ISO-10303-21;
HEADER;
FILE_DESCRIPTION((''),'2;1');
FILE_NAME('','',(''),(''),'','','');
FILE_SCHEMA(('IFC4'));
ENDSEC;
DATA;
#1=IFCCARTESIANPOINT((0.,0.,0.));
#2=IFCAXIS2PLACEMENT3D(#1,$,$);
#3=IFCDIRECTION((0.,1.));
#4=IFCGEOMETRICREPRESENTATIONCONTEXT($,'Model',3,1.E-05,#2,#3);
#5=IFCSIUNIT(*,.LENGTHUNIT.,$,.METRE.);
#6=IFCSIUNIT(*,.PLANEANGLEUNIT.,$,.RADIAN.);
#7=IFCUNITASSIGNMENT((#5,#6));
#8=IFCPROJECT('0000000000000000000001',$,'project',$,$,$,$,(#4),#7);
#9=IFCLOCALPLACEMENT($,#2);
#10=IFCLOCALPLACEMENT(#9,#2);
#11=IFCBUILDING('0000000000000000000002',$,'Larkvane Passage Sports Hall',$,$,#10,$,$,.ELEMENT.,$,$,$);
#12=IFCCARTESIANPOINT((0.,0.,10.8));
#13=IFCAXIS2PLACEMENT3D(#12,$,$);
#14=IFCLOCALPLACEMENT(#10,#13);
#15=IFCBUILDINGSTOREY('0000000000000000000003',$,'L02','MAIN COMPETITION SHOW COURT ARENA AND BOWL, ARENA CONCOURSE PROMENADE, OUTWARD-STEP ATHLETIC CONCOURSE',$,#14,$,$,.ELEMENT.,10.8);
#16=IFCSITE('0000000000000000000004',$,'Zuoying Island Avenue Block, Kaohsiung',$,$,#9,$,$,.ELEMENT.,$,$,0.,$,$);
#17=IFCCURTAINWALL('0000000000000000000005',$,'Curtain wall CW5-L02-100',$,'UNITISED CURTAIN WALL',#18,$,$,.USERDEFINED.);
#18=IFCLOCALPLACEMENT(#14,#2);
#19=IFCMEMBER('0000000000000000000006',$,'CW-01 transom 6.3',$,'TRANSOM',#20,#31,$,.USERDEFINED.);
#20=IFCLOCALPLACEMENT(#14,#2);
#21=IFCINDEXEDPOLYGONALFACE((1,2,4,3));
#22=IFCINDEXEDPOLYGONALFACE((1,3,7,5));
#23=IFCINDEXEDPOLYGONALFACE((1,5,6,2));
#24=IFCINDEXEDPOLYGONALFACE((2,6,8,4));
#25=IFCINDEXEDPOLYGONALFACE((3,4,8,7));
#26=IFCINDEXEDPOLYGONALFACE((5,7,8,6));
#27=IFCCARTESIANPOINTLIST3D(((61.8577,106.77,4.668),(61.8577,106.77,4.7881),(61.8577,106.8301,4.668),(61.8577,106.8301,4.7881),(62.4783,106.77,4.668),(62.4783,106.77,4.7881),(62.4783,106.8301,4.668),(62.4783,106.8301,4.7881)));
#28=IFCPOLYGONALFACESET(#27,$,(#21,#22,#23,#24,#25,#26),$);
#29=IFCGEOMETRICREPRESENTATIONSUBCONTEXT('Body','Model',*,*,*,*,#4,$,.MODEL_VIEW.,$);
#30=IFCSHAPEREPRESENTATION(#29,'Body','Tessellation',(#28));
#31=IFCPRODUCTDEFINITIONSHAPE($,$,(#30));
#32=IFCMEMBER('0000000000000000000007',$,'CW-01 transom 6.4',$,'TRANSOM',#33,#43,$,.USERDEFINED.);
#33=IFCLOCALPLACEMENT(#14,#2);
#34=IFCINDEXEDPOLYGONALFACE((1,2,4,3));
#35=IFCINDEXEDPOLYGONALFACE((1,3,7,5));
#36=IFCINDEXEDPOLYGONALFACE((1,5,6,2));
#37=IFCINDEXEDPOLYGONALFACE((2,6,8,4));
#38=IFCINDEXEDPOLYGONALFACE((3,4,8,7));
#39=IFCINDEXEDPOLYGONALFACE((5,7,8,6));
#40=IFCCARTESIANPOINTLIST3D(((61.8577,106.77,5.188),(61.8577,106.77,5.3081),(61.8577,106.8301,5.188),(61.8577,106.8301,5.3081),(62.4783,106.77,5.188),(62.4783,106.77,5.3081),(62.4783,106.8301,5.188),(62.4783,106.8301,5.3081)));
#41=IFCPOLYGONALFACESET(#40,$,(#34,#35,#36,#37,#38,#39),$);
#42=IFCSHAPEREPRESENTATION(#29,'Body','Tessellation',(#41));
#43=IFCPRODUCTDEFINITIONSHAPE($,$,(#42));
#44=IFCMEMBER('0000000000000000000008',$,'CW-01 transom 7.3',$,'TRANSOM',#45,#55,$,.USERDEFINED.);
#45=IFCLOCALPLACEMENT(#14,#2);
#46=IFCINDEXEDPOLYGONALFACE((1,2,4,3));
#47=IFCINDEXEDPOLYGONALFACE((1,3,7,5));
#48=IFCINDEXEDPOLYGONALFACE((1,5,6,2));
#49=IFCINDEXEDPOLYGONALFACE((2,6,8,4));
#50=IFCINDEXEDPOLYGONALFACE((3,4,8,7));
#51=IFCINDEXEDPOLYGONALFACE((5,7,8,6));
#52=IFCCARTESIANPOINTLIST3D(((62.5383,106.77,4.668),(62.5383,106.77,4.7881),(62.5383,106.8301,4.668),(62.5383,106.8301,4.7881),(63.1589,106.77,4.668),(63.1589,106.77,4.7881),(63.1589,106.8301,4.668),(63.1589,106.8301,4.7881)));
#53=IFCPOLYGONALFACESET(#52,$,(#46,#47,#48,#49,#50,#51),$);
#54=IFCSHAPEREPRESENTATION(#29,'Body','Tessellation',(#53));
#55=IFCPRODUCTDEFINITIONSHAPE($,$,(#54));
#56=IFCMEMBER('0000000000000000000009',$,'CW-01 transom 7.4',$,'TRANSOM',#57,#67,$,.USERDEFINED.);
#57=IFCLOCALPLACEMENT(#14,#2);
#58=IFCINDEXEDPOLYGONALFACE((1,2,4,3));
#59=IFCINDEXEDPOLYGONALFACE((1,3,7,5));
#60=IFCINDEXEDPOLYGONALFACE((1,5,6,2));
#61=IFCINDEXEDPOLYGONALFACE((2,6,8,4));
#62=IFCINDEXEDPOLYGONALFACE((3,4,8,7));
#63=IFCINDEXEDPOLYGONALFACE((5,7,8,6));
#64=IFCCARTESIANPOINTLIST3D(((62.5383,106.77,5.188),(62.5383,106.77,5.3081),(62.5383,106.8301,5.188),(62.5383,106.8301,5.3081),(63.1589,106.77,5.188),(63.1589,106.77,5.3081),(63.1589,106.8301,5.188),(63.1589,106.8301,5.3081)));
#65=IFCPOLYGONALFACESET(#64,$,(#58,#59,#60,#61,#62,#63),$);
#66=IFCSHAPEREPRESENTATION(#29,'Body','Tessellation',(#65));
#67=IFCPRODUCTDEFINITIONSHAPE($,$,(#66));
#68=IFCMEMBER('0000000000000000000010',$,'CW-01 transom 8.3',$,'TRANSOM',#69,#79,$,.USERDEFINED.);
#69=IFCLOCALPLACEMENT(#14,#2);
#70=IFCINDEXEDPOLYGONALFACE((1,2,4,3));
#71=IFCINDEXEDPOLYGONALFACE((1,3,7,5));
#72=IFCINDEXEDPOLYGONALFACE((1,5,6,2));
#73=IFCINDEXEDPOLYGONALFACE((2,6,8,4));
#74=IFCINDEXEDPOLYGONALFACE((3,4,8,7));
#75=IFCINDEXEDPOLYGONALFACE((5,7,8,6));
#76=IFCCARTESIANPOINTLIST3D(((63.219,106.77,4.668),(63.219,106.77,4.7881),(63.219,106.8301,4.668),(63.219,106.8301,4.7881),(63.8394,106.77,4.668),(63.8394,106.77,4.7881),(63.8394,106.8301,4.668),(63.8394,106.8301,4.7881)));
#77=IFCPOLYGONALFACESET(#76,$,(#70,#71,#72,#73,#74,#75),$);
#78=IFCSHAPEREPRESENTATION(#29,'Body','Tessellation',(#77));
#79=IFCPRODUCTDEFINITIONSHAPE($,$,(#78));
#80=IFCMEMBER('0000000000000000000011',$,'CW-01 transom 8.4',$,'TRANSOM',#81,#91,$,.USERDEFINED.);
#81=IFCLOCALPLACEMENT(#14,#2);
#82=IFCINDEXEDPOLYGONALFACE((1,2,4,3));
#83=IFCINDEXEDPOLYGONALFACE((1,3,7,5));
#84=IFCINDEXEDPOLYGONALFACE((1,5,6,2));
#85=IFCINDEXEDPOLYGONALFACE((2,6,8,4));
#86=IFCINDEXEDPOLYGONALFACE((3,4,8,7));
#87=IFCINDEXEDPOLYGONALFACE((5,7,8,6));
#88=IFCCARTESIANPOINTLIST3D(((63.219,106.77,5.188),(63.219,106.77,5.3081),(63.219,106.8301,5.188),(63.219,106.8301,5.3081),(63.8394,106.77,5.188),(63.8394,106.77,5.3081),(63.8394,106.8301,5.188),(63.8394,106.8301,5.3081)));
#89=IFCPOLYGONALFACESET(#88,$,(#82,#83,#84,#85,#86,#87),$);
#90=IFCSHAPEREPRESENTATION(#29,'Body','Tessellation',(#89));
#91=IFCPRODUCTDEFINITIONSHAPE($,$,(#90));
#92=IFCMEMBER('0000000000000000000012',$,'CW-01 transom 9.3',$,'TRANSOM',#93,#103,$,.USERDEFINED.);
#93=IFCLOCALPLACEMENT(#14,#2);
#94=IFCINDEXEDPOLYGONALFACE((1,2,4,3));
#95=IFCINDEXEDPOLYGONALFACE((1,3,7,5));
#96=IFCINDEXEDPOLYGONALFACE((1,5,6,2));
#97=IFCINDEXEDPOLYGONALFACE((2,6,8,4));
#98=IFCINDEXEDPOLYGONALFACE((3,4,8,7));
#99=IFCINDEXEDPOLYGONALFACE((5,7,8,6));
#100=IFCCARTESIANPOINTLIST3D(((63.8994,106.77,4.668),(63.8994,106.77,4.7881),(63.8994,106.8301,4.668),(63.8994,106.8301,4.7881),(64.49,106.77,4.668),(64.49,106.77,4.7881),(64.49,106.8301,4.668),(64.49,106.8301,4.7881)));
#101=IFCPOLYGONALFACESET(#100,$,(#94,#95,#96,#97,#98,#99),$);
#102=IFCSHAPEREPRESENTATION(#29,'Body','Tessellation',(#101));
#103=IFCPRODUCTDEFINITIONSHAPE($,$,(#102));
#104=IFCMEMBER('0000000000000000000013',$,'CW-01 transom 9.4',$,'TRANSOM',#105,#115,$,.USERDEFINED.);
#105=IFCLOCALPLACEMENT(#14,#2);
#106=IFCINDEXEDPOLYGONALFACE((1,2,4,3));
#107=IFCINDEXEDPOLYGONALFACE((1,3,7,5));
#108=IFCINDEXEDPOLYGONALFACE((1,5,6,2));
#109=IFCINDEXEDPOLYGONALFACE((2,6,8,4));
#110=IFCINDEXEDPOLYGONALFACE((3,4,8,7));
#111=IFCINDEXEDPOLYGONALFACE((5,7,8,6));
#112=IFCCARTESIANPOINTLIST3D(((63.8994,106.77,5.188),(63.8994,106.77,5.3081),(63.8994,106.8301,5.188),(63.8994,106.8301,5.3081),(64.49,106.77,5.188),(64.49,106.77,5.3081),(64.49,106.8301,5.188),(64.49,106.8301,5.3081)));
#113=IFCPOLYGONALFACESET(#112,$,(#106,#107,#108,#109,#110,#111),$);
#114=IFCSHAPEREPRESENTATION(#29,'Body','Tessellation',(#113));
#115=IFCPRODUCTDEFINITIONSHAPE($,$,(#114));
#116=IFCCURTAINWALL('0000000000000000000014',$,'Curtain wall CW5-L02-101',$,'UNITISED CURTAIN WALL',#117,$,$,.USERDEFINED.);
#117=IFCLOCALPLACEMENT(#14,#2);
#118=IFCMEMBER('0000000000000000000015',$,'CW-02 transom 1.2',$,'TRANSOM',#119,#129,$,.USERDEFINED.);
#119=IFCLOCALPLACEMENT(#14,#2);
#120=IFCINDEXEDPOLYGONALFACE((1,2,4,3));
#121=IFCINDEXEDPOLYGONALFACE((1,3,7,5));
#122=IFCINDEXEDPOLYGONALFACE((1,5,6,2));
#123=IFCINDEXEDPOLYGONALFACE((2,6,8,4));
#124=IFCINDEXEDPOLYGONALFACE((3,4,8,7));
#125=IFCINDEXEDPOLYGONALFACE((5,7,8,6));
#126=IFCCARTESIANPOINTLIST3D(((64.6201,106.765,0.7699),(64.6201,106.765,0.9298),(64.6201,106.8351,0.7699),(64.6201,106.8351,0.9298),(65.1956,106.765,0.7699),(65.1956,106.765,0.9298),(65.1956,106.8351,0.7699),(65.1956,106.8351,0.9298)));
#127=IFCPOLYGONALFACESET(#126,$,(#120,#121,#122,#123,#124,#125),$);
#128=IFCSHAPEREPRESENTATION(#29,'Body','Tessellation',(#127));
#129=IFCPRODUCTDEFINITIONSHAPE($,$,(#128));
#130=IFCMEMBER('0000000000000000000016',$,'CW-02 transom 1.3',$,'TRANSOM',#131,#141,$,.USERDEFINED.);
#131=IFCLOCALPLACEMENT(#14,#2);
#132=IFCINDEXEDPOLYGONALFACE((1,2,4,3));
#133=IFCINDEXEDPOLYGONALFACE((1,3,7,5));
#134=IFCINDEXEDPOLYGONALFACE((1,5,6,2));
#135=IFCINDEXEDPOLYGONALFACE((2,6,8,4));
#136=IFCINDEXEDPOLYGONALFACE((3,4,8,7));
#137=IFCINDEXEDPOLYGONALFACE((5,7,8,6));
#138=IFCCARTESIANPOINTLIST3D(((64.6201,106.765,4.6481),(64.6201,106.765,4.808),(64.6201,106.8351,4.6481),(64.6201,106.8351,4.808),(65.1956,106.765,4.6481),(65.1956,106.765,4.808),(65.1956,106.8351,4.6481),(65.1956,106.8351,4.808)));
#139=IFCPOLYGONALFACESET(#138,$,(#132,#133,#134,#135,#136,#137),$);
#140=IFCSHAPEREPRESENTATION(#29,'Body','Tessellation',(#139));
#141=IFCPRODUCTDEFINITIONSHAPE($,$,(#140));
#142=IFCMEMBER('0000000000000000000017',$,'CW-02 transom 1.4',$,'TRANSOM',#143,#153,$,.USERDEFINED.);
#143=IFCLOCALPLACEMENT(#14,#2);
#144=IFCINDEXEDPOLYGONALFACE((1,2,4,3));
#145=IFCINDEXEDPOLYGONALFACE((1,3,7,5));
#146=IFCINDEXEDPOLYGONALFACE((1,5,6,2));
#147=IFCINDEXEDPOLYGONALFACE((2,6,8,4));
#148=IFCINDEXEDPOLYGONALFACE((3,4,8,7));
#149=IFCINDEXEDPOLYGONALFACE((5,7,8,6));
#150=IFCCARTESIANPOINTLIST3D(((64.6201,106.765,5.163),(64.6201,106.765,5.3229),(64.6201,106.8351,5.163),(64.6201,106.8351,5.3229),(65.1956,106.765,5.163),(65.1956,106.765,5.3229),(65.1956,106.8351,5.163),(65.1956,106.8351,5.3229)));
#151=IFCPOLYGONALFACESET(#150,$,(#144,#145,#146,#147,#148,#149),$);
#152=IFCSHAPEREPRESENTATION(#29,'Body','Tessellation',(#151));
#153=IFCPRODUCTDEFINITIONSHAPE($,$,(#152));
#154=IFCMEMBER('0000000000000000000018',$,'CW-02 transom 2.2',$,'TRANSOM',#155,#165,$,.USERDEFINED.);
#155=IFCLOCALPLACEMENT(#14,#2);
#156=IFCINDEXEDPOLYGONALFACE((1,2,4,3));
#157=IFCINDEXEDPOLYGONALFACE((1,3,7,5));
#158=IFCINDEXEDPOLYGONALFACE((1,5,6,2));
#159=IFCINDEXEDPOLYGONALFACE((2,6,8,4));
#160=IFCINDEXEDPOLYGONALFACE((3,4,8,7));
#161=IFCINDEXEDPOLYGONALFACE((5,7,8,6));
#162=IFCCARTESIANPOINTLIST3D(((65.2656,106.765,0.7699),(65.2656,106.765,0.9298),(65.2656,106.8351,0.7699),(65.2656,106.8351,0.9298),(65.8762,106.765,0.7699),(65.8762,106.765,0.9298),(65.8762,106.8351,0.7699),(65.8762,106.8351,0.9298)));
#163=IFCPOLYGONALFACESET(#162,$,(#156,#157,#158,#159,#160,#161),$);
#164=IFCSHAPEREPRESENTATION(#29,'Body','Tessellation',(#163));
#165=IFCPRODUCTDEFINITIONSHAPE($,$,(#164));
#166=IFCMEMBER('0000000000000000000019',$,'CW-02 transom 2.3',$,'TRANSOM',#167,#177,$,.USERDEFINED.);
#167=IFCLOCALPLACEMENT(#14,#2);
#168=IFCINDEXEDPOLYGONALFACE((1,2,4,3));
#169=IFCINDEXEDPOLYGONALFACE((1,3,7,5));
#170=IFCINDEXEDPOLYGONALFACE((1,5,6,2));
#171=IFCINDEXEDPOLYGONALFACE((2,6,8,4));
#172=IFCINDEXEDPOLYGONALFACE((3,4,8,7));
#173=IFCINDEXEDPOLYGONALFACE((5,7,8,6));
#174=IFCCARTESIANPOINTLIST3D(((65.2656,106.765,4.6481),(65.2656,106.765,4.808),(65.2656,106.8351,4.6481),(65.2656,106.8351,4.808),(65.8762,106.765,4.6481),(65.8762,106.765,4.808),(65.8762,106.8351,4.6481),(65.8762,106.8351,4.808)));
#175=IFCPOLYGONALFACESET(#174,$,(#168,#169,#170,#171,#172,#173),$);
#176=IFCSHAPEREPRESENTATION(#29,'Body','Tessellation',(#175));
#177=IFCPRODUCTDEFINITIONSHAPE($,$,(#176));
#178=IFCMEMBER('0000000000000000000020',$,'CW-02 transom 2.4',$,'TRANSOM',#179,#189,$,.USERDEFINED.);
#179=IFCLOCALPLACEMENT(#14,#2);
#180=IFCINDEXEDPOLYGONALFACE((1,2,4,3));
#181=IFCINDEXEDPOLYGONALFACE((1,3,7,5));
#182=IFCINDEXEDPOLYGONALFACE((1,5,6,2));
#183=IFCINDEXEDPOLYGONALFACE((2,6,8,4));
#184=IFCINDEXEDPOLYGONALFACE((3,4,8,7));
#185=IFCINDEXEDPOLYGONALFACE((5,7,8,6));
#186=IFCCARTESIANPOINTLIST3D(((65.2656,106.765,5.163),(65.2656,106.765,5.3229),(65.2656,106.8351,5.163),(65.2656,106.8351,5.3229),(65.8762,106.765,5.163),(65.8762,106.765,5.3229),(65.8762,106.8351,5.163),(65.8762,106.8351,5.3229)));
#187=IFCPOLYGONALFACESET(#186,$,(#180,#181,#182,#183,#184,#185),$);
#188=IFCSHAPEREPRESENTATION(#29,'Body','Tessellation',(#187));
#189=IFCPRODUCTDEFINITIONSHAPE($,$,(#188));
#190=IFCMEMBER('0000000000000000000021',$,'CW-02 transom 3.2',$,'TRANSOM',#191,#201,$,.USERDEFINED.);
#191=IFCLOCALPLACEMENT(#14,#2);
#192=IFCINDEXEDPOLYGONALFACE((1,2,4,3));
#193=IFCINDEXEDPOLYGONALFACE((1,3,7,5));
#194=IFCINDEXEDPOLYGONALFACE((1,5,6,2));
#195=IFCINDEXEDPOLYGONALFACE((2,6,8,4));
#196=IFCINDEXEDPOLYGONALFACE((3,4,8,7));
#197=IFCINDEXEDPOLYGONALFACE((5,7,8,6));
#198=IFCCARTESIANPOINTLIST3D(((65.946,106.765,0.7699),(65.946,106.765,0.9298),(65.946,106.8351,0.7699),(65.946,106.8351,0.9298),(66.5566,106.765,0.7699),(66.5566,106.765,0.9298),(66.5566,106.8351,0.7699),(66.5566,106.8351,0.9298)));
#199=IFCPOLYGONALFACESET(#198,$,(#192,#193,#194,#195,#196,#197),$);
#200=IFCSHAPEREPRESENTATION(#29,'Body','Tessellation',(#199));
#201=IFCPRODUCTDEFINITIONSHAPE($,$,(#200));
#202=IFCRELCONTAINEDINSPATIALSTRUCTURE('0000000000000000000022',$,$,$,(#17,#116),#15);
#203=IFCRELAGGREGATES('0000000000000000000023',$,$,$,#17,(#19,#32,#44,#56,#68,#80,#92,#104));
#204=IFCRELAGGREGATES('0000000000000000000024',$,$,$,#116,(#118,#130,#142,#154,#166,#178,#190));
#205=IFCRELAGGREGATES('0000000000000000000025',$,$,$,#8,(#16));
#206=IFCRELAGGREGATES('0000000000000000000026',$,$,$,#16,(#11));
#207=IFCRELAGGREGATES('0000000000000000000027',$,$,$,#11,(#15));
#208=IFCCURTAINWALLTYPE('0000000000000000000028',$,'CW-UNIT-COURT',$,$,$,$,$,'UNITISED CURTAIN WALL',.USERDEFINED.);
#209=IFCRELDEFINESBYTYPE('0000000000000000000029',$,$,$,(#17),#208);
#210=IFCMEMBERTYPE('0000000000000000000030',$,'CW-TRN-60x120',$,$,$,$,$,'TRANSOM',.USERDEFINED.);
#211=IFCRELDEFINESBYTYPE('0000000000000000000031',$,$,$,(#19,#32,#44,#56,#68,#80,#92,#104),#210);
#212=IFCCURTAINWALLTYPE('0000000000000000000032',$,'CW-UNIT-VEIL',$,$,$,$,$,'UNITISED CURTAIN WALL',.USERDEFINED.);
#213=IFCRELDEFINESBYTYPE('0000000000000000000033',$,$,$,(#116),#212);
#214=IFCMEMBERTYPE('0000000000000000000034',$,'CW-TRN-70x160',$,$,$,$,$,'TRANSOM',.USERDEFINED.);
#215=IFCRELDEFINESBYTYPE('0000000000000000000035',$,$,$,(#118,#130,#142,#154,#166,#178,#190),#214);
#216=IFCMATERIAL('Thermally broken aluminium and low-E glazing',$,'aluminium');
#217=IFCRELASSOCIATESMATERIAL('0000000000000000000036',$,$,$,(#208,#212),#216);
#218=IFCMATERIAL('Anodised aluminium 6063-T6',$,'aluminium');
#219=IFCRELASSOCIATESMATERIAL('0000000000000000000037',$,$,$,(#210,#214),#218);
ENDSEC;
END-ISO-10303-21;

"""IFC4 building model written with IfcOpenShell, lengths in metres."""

from ifc_helpers import new_model, si_unit, direction, frame, origin, origin_2d, place, context, subcontext, project, spatial, rectangle, extrude, material, material_profile, profile_set, type_object, element, aggregate, save


model = new_model("IFC4")

# Units and contexts
model_context = context("Model", 3, precision=1e-05, world=origin(), true_north=direction((0.0, 1.0)))
body_context = subcontext(model_context, "Body", "Model", "MODEL_VIEW")
ifc_project = project(units=[si_unit("LENGTHUNIT", "METRE"), si_unit("PLANEANGLEUNIT", "RADIAN")], contexts=[model_context])

# Site, building, storey
site_placement = place(None, origin())
site = spatial("IfcSite", under=ifc_project, at=site_placement, Name="Zuoying Island Avenue Block, Kaohsiung", CompositionType="ELEMENT", RefElevation=0.0)
building_placement = place(site_placement, origin())
building = spatial("IfcBuilding", under=site, at=building_placement, Name="Larkvane Passage Sports Hall", CompositionType="ELEMENT")
storey_placement = place(building_placement, frame((0.0, 0.0, 10.8)))
storey = spatial("IfcBuildingStorey", under=building, at=storey_placement, Name="L02", Description="MAIN COMPETITION SHOW COURT ARENA AND BOWL, ARENA CONCOURSE PROMENADE, OUTWARD-STEP ATHLETIC CONCOURSE", CompositionType="ELEMENT", Elevation=10.8)

# Curtain walls, members
ifc_material_1 = material(Name="Thermally broken aluminium and low-E glazing", Category="aluminium")
curtain_wall_type_1 = type_object("IfcCurtainWallType", Name="CW-UNIT-COURT", ElementType="UNITISED CURTAIN WALL", PredefinedType="USERDEFINED", material=ifc_material_1)
curtain_wall_1_placement = place(storey_placement, origin())
curtain_wall_1 = element("IfcCurtainWall", 1, at=curtain_wall_1_placement, inside=storey, type_object=curtain_wall_type_1, Name="Curtain wall CW5-L02-100", ObjectType="UNITISED CURTAIN WALL", PredefinedType="USERDEFINED")
ifc_material_2 = material(Name="Anodised aluminium 6063-T6", Category="aluminium")
ifc_material_profile_1 = material_profile(ifc_material_2, rectangle(XDim=0.0601, YDim=0.1201, at=origin_2d()), Name="ALU-TRN-60x120")
ifc_profile_set_1 = profile_set([ifc_material_profile_1], Name="Anodised aluminium 6063-T6")
member_type_1 = type_object("IfcMemberType", Name="CW-TRN-60x120", ElementType="TRANSOM", PredefinedType="USERDEFINED", material=ifc_profile_set_1)
member_1_placement = place(storey_placement, frame((61.8577, 106.8, 4.728), z_axis=(1.0, 0.0, 0.0), x_axis=(0.0, 1.0, 0.0)))
member_1 = element("IfcMember", 2, at=member_1_placement, type_object=member_type_1, Name="CW-01 transom 6.3", ObjectType="TRANSOM", PredefinedType="USERDEFINED", context=body_context, shape_type="SweptSolid", body=[
    extrude(rectangle(XDim=0.0601, YDim=0.1201, at=origin_2d()), origin(), (0.0, 0.0, 1.0), 0.6206),
])
member_2_placement = place(storey_placement, frame((61.8577, 106.8, 5.248), z_axis=(1.0, 0.0, 0.0), x_axis=(0.0, 1.0, 0.0)))
member_2 = element("IfcMember", 3, at=member_2_placement, type_object=member_type_1, Name="CW-01 transom 6.4", ObjectType="TRANSOM", PredefinedType="USERDEFINED", context=body_context, shape_type="SweptSolid", body=[
    extrude(rectangle(XDim=0.0601, YDim=0.1201, at=origin_2d()), origin(), (0.0, 0.0, 1.0), 0.6206),
])
member_3_placement = place(storey_placement, frame((62.5383, 106.8, 4.728), z_axis=(1.0, 0.0, 0.0), x_axis=(0.0, 1.0, 0.0)))
member_3 = element("IfcMember", 4, at=member_3_placement, type_object=member_type_1, Name="CW-01 transom 7.3", ObjectType="TRANSOM", PredefinedType="USERDEFINED", context=body_context, shape_type="SweptSolid", body=[
    extrude(rectangle(XDim=0.0601, YDim=0.1201, at=origin_2d()), origin(), (0.0, 0.0, 1.0), 0.6206),
])
member_4_placement = place(storey_placement, frame((62.5383, 106.8, 5.248), z_axis=(1.0, 0.0, 0.0), x_axis=(0.0, 1.0, 0.0)))
member_4 = element("IfcMember", 5, at=member_4_placement, type_object=member_type_1, Name="CW-01 transom 7.4", ObjectType="TRANSOM", PredefinedType="USERDEFINED", context=body_context, shape_type="SweptSolid", body=[
    extrude(rectangle(XDim=0.0601, YDim=0.1201, at=origin_2d()), origin(), (0.0, 0.0, 1.0), 0.6206),
])
member_5_placement = place(storey_placement, frame((63.219, 106.8, 4.728), z_axis=(1.0, 0.0, 0.0), x_axis=(0.0, 1.0, 0.0)))
member_5 = element("IfcMember", 6, at=member_5_placement, type_object=member_type_1, Name="CW-01 transom 8.3", ObjectType="TRANSOM", PredefinedType="USERDEFINED", context=body_context, shape_type="SweptSolid", body=[
    extrude(rectangle(XDim=0.0601, YDim=0.1201, at=origin_2d()), origin(), (0.0, 0.0, 1.0), 0.6204),
])
member_6_placement = place(storey_placement, frame((63.219, 106.8, 5.248), z_axis=(1.0, 0.0, 0.0), x_axis=(0.0, 1.0, 0.0)))
member_6 = element("IfcMember", 7, at=member_6_placement, type_object=member_type_1, Name="CW-01 transom 8.4", ObjectType="TRANSOM", PredefinedType="USERDEFINED", context=body_context, shape_type="SweptSolid", body=[
    extrude(rectangle(XDim=0.0601, YDim=0.1201, at=origin_2d()), origin(), (0.0, 0.0, 1.0), 0.6204),
])
member_7_placement = place(storey_placement, frame((63.8994, 106.8, 4.728), z_axis=(1.0, 0.0, 0.0), x_axis=(0.0, 1.0, 0.0)))
member_7 = element("IfcMember", 8, at=member_7_placement, type_object=member_type_1, Name="CW-01 transom 9.3", ObjectType="TRANSOM", PredefinedType="USERDEFINED", context=body_context, shape_type="SweptSolid", body=[
    extrude(rectangle(XDim=0.0601, YDim=0.1201, at=origin_2d()), origin(), (0.0, 0.0, 1.0), 0.5906),
])
member_8_placement = place(storey_placement, frame((63.8994, 106.8, 5.248), z_axis=(1.0, 0.0, 0.0), x_axis=(0.0, 1.0, 0.0)))
member_8 = element("IfcMember", 9, at=member_8_placement, type_object=member_type_1, Name="CW-01 transom 9.4", ObjectType="TRANSOM", PredefinedType="USERDEFINED", context=body_context, shape_type="SweptSolid", body=[
    extrude(rectangle(XDim=0.0601, YDim=0.1201, at=origin_2d()), origin(), (0.0, 0.0, 1.0), 0.5906),
])
curtain_wall_type_2 = type_object("IfcCurtainWallType", Name="CW-UNIT-VEIL", ElementType="UNITISED CURTAIN WALL", PredefinedType="USERDEFINED", material=ifc_material_1)
curtain_wall_2_placement = place(storey_placement, origin())
curtain_wall_2 = element("IfcCurtainWall", 10, at=curtain_wall_2_placement, inside=storey, type_object=curtain_wall_type_2, Name="Curtain wall CW5-L02-101", ObjectType="UNITISED CURTAIN WALL", PredefinedType="USERDEFINED")
ifc_material_profile_2 = material_profile(ifc_material_2, rectangle(XDim=0.0701, YDim=0.1599, at=origin_2d()), Name="ALU-TRN-70x160")
ifc_profile_set_2 = profile_set([ifc_material_profile_2], Name="Anodised aluminium 6063-T6")
member_type_2 = type_object("IfcMemberType", Name="CW-TRN-70x160", ElementType="TRANSOM", PredefinedType="USERDEFINED", material=ifc_profile_set_2)
member_9_placement = place(storey_placement, frame((64.6201, 106.8, 0.8499), z_axis=(1.0, 0.0, 0.0), x_axis=(0.0, 1.0, 0.0)))
member_9 = element("IfcMember", 11, at=member_9_placement, type_object=member_type_2, Name="CW-02 transom 1.2", ObjectType="TRANSOM", PredefinedType="USERDEFINED", context=body_context, shape_type="SweptSolid", body=[
    extrude(rectangle(XDim=0.0701, YDim=0.1599, at=origin_2d()), origin(), (0.0, 0.0, 1.0), 0.5754),
])
member_10_placement = place(storey_placement, frame((64.6201, 106.8, 4.728), z_axis=(1.0, 0.0, 0.0), x_axis=(0.0, 1.0, 0.0)))
member_10 = element("IfcMember", 12, at=member_10_placement, type_object=member_type_2, Name="CW-02 transom 1.3", ObjectType="TRANSOM", PredefinedType="USERDEFINED", context=body_context, shape_type="SweptSolid", body=[
    extrude(rectangle(XDim=0.0701, YDim=0.1599, at=origin_2d()), origin(), (0.0, 0.0, 1.0), 0.5754),
])
member_11_placement = place(storey_placement, frame((64.6201, 106.8, 5.2429), z_axis=(1.0, 0.0, 0.0), x_axis=(0.0, 1.0, 0.0)))
member_11 = element("IfcMember", 13, at=member_11_placement, type_object=member_type_2, Name="CW-02 transom 1.4", ObjectType="TRANSOM", PredefinedType="USERDEFINED", context=body_context, shape_type="SweptSolid", body=[
    extrude(rectangle(XDim=0.0701, YDim=0.1599, at=origin_2d()), origin(), (0.0, 0.0, 1.0), 0.5754),
])
member_12_placement = place(storey_placement, frame((65.2656, 106.8, 0.8499), z_axis=(1.0, 0.0, 0.0), x_axis=(0.0, 1.0, 0.0)))
member_12 = element("IfcMember", 14, at=member_12_placement, type_object=member_type_2, Name="CW-02 transom 2.2", ObjectType="TRANSOM", PredefinedType="USERDEFINED", context=body_context, shape_type="SweptSolid", body=[
    extrude(rectangle(XDim=0.0701, YDim=0.1599, at=origin_2d()), origin(), (0.0, 0.0, 1.0), 0.6106),
])
member_13_placement = place(storey_placement, frame((65.2656, 106.8, 4.728), z_axis=(1.0, 0.0, 0.0), x_axis=(0.0, 1.0, 0.0)))
member_13 = element("IfcMember", 15, at=member_13_placement, type_object=member_type_2, Name="CW-02 transom 2.3", ObjectType="TRANSOM", PredefinedType="USERDEFINED", context=body_context, shape_type="SweptSolid", body=[
    extrude(rectangle(XDim=0.0701, YDim=0.1599, at=origin_2d()), origin(), (0.0, 0.0, 1.0), 0.6106),
])
member_14_placement = place(storey_placement, frame((65.2656, 106.8, 5.2429), z_axis=(1.0, 0.0, 0.0), x_axis=(0.0, 1.0, 0.0)))
member_14 = element("IfcMember", 16, at=member_14_placement, type_object=member_type_2, Name="CW-02 transom 2.4", ObjectType="TRANSOM", PredefinedType="USERDEFINED", context=body_context, shape_type="SweptSolid", body=[
    extrude(rectangle(XDim=0.0701, YDim=0.1599, at=origin_2d()), origin(), (0.0, 0.0, 1.0), 0.6106),
])
member_15_placement = place(storey_placement, frame((65.946, 106.8, 0.8499), z_axis=(1.0, 0.0, 0.0), x_axis=(0.0, 1.0, 0.0)))
member_15 = element("IfcMember", 17, at=member_15_placement, type_object=member_type_2, Name="CW-02 transom 3.2", ObjectType="TRANSOM", PredefinedType="USERDEFINED", context=body_context, shape_type="SweptSolid", body=[
    extrude(rectangle(XDim=0.0701, YDim=0.1599, at=origin_2d()), origin(), (0.0, 0.0, 1.0), 0.6106),
])

aggregate(curtain_wall_1, [member_1, member_2, member_3, member_4, member_5, member_6, member_7, member_8])
aggregate(curtain_wall_2, [member_9, member_10, member_11, member_12, member_13, member_14, member_15])

save(model, "model.ifc")
